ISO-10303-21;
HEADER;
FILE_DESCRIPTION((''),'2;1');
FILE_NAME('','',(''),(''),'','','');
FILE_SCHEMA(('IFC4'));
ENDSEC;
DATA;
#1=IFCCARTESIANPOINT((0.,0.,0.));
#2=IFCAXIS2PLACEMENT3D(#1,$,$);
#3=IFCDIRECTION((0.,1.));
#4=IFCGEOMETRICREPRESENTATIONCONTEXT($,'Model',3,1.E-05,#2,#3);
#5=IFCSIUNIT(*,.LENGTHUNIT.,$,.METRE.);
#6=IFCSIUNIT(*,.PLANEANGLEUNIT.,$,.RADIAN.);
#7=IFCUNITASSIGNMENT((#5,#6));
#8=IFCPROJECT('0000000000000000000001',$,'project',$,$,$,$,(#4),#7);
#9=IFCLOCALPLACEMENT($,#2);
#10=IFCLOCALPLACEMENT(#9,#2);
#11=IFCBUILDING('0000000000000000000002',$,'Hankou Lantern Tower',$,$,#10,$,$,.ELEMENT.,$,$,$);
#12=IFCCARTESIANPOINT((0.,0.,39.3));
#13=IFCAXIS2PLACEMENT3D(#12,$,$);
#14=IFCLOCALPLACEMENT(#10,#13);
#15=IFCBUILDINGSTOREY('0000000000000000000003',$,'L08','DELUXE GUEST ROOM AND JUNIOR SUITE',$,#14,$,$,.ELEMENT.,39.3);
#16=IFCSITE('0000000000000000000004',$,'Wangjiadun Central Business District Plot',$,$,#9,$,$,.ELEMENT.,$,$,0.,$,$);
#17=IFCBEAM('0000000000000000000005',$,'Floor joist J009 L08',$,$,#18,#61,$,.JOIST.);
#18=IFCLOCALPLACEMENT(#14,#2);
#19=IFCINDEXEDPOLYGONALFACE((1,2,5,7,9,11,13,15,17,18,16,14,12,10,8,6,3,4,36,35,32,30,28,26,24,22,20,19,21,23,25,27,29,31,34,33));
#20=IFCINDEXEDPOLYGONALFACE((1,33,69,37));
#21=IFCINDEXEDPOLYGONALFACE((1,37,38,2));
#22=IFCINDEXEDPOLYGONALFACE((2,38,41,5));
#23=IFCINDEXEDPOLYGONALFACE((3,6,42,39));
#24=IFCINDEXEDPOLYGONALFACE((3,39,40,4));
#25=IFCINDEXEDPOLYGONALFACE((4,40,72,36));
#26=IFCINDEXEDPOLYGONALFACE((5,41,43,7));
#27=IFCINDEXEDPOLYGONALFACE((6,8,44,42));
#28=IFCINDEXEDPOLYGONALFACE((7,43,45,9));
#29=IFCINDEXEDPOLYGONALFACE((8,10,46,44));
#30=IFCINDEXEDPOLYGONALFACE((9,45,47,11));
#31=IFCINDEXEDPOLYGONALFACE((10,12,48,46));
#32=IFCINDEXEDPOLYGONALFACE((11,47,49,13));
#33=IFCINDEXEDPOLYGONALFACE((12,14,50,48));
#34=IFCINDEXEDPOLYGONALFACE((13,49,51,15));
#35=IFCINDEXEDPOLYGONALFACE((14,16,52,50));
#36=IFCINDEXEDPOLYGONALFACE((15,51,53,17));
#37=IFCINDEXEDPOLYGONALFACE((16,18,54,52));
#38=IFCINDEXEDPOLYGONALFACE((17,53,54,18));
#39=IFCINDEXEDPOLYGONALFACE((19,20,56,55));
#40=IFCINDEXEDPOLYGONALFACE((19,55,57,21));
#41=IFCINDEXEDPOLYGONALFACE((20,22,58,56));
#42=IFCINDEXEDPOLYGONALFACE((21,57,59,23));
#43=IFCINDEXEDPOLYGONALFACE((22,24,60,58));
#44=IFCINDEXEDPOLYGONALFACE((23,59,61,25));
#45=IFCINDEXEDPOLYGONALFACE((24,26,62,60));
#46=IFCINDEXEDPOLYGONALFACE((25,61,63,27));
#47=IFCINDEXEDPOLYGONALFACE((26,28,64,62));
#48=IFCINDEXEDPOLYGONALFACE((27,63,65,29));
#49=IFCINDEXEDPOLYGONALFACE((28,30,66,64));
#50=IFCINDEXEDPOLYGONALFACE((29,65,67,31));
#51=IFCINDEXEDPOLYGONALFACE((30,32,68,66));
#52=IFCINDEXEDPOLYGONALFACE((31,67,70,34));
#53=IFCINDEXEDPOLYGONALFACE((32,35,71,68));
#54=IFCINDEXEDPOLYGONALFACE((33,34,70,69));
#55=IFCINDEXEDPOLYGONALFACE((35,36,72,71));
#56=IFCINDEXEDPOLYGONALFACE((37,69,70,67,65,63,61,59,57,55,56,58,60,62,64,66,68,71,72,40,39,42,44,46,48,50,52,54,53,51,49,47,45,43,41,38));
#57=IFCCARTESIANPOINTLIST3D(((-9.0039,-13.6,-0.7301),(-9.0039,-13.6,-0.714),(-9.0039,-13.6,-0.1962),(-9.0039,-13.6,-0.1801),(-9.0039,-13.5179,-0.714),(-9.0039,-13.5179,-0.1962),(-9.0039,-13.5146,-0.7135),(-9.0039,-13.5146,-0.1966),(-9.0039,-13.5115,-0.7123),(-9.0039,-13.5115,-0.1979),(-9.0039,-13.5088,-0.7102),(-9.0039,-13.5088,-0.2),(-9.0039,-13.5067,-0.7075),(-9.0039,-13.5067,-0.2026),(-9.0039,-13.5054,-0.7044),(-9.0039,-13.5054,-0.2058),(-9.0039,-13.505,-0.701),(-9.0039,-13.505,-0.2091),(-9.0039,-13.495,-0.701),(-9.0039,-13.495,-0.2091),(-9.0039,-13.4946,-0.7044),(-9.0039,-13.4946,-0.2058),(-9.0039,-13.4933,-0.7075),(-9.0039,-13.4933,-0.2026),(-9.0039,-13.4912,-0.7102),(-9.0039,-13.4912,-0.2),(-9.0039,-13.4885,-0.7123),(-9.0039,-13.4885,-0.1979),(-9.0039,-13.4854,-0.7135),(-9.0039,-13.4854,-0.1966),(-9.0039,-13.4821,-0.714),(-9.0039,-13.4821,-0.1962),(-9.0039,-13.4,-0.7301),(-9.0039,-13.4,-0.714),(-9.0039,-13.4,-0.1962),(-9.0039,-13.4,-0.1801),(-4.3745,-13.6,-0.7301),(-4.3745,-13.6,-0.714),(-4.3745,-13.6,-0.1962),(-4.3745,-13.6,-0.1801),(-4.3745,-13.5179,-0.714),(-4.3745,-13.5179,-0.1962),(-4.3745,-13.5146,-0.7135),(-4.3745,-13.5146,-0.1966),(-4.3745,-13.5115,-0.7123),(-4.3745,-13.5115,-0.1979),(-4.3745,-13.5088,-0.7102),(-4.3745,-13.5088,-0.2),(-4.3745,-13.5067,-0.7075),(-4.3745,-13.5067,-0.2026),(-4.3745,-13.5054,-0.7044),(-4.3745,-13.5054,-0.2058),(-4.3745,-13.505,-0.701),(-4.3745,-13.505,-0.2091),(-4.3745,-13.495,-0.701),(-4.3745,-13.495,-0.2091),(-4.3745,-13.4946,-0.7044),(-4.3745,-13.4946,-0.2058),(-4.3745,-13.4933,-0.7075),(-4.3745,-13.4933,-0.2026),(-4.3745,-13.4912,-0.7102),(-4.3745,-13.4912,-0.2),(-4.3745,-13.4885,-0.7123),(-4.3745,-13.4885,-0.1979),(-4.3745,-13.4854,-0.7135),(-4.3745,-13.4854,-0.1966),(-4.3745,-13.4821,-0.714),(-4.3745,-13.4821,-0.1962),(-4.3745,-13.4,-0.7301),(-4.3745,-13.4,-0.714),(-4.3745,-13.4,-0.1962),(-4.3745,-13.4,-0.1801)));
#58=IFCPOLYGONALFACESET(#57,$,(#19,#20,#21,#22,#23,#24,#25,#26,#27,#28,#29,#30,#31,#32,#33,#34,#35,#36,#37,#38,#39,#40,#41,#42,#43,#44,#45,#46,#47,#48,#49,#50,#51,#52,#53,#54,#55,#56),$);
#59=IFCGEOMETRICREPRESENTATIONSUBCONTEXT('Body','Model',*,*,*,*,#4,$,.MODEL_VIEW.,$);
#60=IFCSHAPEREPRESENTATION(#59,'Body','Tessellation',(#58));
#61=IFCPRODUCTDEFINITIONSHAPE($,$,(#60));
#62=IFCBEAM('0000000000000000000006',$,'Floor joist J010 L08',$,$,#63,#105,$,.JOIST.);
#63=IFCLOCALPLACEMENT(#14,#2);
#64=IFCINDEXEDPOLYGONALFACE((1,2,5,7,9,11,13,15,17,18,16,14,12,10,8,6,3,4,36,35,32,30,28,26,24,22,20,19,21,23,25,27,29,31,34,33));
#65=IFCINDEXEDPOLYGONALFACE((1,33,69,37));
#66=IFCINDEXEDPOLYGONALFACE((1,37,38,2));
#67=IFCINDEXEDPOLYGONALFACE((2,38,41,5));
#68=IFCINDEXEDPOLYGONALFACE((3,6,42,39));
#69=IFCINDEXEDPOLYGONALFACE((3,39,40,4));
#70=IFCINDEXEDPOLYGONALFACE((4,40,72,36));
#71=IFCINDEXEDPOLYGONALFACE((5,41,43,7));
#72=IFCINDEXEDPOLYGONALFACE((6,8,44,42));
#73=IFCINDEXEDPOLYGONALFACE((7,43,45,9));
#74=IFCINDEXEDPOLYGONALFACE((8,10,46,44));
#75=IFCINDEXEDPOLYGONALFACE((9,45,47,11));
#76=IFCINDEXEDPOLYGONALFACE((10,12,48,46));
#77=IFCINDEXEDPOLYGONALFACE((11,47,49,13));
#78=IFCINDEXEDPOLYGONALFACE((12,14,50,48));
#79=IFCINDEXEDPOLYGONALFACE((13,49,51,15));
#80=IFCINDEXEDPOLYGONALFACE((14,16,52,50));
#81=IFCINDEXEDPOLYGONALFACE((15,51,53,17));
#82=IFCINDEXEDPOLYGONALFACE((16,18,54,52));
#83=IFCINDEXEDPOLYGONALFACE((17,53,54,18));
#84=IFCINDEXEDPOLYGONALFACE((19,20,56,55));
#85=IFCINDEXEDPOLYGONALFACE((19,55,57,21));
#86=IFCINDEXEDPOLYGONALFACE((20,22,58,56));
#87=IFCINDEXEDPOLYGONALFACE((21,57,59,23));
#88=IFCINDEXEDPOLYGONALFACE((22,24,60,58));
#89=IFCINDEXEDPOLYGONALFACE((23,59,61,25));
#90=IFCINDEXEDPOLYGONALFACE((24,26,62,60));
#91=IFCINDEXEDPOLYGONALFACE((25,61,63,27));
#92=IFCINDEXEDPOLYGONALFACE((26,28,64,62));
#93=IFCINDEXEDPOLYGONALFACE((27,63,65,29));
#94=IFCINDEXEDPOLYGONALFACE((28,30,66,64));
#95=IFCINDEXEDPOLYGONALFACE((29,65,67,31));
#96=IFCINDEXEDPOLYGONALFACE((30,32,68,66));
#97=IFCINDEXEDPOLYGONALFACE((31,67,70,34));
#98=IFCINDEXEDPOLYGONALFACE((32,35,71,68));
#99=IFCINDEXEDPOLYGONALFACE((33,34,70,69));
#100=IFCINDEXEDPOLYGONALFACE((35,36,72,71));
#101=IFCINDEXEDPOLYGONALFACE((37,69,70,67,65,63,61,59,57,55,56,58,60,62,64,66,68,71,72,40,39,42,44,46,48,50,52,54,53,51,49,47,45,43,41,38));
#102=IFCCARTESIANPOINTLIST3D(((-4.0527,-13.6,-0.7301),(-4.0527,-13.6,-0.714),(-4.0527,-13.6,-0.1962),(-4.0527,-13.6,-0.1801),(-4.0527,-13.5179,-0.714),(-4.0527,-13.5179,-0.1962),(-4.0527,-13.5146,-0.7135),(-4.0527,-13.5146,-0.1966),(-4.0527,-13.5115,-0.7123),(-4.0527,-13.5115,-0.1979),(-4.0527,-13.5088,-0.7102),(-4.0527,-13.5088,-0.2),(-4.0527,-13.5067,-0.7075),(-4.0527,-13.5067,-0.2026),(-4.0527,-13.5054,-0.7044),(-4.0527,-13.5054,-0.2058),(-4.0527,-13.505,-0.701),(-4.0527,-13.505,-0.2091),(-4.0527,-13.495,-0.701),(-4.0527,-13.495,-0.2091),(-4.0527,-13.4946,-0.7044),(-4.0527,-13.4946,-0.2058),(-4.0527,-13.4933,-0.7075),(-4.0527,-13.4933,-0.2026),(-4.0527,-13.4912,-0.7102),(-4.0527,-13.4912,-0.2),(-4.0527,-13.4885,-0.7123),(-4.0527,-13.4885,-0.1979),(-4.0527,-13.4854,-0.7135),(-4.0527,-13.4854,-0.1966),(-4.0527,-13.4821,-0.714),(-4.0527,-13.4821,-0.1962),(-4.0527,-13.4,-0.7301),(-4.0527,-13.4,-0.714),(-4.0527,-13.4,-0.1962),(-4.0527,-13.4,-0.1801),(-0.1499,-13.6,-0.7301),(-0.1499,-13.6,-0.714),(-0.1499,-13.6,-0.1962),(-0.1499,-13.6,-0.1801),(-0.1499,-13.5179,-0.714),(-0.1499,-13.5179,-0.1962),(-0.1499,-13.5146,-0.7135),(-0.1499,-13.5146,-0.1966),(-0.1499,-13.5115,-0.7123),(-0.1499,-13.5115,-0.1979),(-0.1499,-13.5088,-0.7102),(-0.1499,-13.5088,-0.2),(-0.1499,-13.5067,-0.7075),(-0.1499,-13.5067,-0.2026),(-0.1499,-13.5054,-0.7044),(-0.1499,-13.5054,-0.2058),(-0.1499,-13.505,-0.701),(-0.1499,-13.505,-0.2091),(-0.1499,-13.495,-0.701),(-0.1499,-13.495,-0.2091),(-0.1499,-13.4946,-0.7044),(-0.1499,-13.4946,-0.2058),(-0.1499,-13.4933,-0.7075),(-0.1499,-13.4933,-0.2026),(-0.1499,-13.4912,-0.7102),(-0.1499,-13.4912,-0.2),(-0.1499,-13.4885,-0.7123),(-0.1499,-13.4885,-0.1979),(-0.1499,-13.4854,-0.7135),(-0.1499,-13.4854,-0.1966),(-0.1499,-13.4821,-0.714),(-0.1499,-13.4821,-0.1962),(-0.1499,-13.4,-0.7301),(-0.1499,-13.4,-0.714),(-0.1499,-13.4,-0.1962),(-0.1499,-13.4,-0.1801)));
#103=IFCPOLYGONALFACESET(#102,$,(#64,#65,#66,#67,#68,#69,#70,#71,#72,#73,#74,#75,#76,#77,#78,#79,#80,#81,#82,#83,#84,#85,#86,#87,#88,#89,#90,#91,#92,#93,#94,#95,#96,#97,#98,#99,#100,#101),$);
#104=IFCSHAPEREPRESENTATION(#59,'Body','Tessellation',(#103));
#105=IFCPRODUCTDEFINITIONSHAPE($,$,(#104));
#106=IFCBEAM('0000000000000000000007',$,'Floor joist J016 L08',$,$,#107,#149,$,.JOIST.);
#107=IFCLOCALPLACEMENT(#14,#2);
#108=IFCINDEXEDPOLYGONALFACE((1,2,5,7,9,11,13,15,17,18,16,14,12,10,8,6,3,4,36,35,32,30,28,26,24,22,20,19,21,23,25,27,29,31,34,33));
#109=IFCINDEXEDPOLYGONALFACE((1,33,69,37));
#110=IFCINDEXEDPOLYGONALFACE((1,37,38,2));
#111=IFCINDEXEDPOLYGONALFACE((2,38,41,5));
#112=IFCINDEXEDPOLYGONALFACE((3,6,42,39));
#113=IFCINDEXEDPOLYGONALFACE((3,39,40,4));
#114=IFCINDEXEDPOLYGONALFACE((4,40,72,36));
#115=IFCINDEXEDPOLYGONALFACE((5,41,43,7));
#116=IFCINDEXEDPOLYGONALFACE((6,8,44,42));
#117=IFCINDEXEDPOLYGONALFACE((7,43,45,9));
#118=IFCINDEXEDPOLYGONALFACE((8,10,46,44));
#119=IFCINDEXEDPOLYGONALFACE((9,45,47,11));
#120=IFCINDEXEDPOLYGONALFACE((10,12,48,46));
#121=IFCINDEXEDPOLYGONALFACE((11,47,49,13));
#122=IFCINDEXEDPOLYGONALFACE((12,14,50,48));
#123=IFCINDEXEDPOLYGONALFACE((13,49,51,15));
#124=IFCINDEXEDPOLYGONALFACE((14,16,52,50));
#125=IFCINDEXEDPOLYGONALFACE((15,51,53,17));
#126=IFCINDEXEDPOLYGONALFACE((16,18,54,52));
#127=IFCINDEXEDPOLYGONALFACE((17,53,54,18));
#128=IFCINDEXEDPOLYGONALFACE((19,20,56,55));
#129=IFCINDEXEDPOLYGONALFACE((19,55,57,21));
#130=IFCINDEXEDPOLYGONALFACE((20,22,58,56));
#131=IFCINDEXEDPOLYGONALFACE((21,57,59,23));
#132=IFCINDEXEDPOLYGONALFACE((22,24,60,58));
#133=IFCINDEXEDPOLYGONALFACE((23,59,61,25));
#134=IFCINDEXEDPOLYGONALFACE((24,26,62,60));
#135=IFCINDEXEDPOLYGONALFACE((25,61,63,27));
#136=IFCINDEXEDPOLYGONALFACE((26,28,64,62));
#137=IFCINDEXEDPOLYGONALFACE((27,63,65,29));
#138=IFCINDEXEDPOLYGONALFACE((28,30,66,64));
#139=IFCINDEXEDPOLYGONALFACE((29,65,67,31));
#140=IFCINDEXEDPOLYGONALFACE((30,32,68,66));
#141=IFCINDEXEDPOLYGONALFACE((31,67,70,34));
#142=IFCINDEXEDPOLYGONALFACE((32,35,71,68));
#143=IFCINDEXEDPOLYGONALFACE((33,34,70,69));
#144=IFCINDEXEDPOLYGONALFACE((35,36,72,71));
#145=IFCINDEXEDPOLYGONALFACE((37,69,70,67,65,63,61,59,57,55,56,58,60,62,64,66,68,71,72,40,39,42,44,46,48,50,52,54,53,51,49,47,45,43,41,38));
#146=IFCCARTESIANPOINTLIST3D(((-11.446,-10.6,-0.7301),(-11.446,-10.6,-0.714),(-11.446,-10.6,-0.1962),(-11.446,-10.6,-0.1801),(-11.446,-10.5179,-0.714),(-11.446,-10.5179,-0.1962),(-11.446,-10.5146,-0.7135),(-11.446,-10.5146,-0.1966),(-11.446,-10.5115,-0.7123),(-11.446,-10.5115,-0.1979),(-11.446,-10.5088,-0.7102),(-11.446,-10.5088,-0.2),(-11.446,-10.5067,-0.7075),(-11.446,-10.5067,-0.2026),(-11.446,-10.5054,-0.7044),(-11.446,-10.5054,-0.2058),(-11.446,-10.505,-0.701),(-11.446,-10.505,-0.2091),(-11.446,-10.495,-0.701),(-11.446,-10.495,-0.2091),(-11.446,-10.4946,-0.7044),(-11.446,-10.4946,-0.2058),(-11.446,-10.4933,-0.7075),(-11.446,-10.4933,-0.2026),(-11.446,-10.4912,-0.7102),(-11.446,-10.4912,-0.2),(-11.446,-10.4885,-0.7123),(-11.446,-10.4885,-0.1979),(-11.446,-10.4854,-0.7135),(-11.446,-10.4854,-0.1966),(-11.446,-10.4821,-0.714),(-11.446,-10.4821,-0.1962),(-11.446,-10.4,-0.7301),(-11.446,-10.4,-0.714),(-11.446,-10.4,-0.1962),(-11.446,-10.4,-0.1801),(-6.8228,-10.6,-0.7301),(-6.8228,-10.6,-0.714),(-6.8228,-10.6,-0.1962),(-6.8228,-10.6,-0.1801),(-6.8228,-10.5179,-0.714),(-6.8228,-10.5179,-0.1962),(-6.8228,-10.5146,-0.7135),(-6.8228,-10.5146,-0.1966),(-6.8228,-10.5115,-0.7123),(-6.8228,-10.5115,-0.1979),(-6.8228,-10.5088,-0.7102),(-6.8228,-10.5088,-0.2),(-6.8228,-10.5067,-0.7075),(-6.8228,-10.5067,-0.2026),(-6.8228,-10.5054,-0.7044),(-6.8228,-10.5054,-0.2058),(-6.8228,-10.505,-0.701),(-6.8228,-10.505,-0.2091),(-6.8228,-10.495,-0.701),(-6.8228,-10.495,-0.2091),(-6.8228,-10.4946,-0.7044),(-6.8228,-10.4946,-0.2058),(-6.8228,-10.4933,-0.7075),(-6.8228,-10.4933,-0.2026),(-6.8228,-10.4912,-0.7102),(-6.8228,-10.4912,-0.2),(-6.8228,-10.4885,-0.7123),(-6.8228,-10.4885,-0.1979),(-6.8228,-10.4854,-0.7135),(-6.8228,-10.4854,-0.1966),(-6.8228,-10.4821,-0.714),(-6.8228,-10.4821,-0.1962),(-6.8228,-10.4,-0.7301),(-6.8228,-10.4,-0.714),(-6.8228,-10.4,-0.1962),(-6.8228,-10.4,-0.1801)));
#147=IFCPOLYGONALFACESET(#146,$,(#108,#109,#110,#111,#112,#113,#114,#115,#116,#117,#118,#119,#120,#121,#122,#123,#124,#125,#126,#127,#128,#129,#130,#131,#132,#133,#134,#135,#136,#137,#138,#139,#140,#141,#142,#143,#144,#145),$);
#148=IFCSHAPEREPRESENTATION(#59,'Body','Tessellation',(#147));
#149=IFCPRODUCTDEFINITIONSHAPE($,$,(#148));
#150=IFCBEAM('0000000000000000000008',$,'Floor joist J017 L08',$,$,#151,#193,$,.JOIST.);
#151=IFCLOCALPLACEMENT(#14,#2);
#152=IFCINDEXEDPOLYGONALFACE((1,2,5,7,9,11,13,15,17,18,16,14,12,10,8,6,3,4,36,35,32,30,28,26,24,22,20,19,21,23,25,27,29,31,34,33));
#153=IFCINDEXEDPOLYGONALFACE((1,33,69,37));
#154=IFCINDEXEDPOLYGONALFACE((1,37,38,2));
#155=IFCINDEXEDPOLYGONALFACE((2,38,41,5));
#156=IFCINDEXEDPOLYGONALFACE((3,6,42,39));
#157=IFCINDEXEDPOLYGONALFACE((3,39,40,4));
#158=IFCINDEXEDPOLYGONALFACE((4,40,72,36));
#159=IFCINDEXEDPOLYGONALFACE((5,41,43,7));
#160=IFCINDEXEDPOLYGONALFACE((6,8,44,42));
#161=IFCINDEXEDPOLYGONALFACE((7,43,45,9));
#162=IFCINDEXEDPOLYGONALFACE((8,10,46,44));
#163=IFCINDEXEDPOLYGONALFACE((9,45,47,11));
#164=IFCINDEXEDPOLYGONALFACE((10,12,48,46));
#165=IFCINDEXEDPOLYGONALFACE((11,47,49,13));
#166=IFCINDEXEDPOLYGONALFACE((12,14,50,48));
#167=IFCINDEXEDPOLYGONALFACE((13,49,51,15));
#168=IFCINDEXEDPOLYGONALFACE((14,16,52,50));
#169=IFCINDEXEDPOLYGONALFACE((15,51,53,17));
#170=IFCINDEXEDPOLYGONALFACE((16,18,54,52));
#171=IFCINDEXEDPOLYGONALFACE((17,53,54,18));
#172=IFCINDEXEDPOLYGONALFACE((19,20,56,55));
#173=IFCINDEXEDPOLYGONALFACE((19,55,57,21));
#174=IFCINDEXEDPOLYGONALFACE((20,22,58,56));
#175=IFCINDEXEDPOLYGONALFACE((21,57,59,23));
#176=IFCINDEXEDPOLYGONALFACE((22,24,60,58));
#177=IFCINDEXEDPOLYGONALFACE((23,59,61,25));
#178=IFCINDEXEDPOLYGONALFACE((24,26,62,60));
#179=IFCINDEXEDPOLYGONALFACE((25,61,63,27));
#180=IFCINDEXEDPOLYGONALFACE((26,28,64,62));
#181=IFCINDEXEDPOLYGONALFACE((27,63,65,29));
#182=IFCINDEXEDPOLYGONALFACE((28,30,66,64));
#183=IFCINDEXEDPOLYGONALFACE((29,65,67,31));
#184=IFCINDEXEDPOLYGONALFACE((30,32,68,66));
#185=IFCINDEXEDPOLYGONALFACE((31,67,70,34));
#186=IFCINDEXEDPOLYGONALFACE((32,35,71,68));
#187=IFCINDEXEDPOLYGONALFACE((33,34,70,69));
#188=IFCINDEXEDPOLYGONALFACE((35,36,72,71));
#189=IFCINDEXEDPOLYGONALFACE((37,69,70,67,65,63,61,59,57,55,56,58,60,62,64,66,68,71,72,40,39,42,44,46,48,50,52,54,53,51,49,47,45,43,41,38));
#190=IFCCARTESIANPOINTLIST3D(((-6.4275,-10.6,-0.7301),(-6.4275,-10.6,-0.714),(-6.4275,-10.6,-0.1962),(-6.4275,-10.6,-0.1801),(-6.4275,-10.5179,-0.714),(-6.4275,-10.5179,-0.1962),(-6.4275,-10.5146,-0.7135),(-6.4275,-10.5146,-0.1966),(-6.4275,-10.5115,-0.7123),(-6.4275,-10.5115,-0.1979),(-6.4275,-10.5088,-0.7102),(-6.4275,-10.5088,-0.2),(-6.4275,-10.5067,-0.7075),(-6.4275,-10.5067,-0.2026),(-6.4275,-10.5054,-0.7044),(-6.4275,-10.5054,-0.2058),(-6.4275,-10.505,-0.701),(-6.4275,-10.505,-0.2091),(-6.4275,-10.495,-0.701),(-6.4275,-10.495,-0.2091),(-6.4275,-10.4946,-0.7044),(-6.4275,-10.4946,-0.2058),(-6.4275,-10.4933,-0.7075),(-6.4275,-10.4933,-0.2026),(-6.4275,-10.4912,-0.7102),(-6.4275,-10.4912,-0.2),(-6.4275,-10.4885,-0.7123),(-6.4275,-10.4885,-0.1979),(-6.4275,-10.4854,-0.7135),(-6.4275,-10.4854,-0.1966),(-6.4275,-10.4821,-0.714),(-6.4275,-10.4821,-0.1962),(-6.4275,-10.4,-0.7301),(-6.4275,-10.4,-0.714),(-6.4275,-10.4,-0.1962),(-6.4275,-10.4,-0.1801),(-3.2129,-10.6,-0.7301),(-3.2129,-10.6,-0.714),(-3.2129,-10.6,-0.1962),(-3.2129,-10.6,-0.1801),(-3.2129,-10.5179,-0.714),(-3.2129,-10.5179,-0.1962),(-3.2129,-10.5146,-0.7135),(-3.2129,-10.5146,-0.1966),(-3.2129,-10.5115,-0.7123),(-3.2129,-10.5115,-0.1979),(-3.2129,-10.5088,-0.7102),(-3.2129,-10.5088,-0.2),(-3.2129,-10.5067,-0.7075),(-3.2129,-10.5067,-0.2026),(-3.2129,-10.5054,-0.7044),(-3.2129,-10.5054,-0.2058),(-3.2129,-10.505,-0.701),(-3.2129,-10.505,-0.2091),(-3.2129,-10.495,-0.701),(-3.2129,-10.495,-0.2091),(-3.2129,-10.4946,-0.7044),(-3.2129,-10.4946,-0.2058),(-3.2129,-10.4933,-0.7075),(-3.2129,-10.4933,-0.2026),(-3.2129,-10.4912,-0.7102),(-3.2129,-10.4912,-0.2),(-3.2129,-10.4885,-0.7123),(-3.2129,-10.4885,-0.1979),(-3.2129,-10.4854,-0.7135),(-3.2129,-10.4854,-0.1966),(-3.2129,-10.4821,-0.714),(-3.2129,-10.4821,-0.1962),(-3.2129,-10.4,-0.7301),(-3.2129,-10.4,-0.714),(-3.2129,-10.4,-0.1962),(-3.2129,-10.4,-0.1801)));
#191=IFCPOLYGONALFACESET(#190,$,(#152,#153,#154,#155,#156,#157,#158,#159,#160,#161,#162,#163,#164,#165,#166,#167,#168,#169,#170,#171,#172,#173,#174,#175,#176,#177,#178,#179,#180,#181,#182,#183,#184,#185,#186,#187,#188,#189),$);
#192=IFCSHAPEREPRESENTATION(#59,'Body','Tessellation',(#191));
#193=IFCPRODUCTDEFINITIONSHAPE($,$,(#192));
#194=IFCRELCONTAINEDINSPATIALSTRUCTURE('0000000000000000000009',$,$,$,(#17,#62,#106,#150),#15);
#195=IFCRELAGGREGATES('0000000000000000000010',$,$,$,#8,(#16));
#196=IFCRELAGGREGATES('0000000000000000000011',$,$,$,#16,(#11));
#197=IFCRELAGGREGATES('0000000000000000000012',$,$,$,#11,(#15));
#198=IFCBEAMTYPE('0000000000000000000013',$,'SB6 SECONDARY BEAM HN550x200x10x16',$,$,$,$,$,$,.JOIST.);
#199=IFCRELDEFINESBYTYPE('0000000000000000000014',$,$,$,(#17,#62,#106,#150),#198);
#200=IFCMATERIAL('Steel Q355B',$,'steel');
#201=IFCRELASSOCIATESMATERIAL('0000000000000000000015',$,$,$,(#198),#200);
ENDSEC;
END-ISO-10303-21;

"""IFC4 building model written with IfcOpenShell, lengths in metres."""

from ifc_helpers import new_model, si_unit, direction, frame, origin, origin_2d, place, context, subcontext, project, spatial, i_section, extrude, material, material_profile, profile_set, type_object, element, save


model = new_model("IFC4")

# Units and contexts
model_context = context("Model", 3, precision=1e-05, world=origin(), true_north=direction((0.0, 1.0)))
body_context = subcontext(model_context, "Body", "Model", "MODEL_VIEW")
ifc_project = project(units=[si_unit("LENGTHUNIT", "METRE"), si_unit("PLANEANGLEUNIT", "RADIAN")], contexts=[model_context])

# Site, building, storey
site_placement = place(None, origin())
site = spatial("IfcSite", under=ifc_project, at=site_placement, Name="Wangjiadun Central Business District Plot", CompositionType="ELEMENT", RefElevation=0.0)
building_placement = place(site_placement, origin())
building = spatial("IfcBuilding", under=site, at=building_placement, Name="Hankou Lantern Tower", CompositionType="ELEMENT")
storey_placement = place(building_placement, frame((0.0, 0.0, 39.3)))
storey = spatial("IfcBuildingStorey", under=building, at=storey_placement, Name="L08", Description="DELUXE GUEST ROOM AND JUNIOR SUITE", CompositionType="ELEMENT", Elevation=39.3)

# Beams
ifc_material_1 = material(Name="Steel Q355B", Category="steel")
ifc_material_profile_1 = material_profile(ifc_material_1, i_section(OverallWidth=0.2, OverallDepth=0.55, WebThickness=0.01, FlangeThickness=0.0161, FilletRadius=0.0129, at=origin_2d()), Name="HN550x200x10x16")
ifc_profile_set_1 = profile_set([ifc_material_profile_1], Name="Steel Q355B")
beam_type_1 = type_object("IfcBeamType", Name="SB6 SECONDARY BEAM HN550x200x10x16", PredefinedType="JOIST", material=ifc_profile_set_1)
beam_1_placement = place(storey_placement, frame((-9.0039, -13.5, -0.4551), z_axis=(1.0, 0.0, 0.0), x_axis=(0.0, 1.0, 0.0)))
element("IfcBeam", 1, at=beam_1_placement, inside=storey, type_object=beam_type_1, Name="Floor joist J009 L08", PredefinedType="JOIST", context=body_context, shape_type="SweptSolid", body=[
    extrude(i_section(OverallWidth=0.2, OverallDepth=0.55, WebThickness=0.01, FlangeThickness=0.0161, FilletRadius=0.0129, at=origin_2d()), origin(), (0.0, 0.0, 1.0), 4.6294),
])
beam_2_placement = place(storey_placement, frame((-4.0527, -13.5, -0.4551), z_axis=(1.0, 0.0, 0.0), x_axis=(0.0, 1.0, 0.0)))
element("IfcBeam", 2, at=beam_2_placement, inside=storey, type_object=beam_type_1, Name="Floor joist J010 L08", PredefinedType="JOIST", context=body_context, shape_type="SweptSolid", body=[
    extrude(i_section(OverallWidth=0.2, OverallDepth=0.55, WebThickness=0.01, FlangeThickness=0.0161, FilletRadius=0.0129, at=origin_2d()), origin(), (0.0, 0.0, 1.0), 3.9028),
])
beam_3_placement = place(storey_placement, frame((-11.446, -10.5, -0.4551), z_axis=(1.0, 0.0, 0.0), x_axis=(0.0, 1.0, 0.0)))
element("IfcBeam", 3, at=beam_3_placement, inside=storey, type_object=beam_type_1, Name="Floor joist J016 L08", PredefinedType="JOIST", context=body_context, shape_type="SweptSolid", body=[
    extrude(i_section(OverallWidth=0.2, OverallDepth=0.55, WebThickness=0.01, FlangeThickness=0.0161, FilletRadius=0.0129, at=origin_2d()), origin(), (0.0, 0.0, 1.0), 4.6233),
])
beam_4_placement = place(storey_placement, frame((-6.4275, -10.5, -0.4551), z_axis=(1.0, 0.0, 0.0), x_axis=(0.0, 1.0, 0.0)))
element("IfcBeam", 4, at=beam_4_placement, inside=storey, type_object=beam_type_1, Name="Floor joist J017 L08", PredefinedType="JOIST", context=body_context, shape_type="SweptSolid", body=[
    extrude(i_section(OverallWidth=0.2, OverallDepth=0.55, WebThickness=0.01, FlangeThickness=0.0161, FilletRadius=0.0129, at=origin_2d()), origin(), (0.0, 0.0, 1.0), 3.2146),
])

save(model, "model.ifc")
